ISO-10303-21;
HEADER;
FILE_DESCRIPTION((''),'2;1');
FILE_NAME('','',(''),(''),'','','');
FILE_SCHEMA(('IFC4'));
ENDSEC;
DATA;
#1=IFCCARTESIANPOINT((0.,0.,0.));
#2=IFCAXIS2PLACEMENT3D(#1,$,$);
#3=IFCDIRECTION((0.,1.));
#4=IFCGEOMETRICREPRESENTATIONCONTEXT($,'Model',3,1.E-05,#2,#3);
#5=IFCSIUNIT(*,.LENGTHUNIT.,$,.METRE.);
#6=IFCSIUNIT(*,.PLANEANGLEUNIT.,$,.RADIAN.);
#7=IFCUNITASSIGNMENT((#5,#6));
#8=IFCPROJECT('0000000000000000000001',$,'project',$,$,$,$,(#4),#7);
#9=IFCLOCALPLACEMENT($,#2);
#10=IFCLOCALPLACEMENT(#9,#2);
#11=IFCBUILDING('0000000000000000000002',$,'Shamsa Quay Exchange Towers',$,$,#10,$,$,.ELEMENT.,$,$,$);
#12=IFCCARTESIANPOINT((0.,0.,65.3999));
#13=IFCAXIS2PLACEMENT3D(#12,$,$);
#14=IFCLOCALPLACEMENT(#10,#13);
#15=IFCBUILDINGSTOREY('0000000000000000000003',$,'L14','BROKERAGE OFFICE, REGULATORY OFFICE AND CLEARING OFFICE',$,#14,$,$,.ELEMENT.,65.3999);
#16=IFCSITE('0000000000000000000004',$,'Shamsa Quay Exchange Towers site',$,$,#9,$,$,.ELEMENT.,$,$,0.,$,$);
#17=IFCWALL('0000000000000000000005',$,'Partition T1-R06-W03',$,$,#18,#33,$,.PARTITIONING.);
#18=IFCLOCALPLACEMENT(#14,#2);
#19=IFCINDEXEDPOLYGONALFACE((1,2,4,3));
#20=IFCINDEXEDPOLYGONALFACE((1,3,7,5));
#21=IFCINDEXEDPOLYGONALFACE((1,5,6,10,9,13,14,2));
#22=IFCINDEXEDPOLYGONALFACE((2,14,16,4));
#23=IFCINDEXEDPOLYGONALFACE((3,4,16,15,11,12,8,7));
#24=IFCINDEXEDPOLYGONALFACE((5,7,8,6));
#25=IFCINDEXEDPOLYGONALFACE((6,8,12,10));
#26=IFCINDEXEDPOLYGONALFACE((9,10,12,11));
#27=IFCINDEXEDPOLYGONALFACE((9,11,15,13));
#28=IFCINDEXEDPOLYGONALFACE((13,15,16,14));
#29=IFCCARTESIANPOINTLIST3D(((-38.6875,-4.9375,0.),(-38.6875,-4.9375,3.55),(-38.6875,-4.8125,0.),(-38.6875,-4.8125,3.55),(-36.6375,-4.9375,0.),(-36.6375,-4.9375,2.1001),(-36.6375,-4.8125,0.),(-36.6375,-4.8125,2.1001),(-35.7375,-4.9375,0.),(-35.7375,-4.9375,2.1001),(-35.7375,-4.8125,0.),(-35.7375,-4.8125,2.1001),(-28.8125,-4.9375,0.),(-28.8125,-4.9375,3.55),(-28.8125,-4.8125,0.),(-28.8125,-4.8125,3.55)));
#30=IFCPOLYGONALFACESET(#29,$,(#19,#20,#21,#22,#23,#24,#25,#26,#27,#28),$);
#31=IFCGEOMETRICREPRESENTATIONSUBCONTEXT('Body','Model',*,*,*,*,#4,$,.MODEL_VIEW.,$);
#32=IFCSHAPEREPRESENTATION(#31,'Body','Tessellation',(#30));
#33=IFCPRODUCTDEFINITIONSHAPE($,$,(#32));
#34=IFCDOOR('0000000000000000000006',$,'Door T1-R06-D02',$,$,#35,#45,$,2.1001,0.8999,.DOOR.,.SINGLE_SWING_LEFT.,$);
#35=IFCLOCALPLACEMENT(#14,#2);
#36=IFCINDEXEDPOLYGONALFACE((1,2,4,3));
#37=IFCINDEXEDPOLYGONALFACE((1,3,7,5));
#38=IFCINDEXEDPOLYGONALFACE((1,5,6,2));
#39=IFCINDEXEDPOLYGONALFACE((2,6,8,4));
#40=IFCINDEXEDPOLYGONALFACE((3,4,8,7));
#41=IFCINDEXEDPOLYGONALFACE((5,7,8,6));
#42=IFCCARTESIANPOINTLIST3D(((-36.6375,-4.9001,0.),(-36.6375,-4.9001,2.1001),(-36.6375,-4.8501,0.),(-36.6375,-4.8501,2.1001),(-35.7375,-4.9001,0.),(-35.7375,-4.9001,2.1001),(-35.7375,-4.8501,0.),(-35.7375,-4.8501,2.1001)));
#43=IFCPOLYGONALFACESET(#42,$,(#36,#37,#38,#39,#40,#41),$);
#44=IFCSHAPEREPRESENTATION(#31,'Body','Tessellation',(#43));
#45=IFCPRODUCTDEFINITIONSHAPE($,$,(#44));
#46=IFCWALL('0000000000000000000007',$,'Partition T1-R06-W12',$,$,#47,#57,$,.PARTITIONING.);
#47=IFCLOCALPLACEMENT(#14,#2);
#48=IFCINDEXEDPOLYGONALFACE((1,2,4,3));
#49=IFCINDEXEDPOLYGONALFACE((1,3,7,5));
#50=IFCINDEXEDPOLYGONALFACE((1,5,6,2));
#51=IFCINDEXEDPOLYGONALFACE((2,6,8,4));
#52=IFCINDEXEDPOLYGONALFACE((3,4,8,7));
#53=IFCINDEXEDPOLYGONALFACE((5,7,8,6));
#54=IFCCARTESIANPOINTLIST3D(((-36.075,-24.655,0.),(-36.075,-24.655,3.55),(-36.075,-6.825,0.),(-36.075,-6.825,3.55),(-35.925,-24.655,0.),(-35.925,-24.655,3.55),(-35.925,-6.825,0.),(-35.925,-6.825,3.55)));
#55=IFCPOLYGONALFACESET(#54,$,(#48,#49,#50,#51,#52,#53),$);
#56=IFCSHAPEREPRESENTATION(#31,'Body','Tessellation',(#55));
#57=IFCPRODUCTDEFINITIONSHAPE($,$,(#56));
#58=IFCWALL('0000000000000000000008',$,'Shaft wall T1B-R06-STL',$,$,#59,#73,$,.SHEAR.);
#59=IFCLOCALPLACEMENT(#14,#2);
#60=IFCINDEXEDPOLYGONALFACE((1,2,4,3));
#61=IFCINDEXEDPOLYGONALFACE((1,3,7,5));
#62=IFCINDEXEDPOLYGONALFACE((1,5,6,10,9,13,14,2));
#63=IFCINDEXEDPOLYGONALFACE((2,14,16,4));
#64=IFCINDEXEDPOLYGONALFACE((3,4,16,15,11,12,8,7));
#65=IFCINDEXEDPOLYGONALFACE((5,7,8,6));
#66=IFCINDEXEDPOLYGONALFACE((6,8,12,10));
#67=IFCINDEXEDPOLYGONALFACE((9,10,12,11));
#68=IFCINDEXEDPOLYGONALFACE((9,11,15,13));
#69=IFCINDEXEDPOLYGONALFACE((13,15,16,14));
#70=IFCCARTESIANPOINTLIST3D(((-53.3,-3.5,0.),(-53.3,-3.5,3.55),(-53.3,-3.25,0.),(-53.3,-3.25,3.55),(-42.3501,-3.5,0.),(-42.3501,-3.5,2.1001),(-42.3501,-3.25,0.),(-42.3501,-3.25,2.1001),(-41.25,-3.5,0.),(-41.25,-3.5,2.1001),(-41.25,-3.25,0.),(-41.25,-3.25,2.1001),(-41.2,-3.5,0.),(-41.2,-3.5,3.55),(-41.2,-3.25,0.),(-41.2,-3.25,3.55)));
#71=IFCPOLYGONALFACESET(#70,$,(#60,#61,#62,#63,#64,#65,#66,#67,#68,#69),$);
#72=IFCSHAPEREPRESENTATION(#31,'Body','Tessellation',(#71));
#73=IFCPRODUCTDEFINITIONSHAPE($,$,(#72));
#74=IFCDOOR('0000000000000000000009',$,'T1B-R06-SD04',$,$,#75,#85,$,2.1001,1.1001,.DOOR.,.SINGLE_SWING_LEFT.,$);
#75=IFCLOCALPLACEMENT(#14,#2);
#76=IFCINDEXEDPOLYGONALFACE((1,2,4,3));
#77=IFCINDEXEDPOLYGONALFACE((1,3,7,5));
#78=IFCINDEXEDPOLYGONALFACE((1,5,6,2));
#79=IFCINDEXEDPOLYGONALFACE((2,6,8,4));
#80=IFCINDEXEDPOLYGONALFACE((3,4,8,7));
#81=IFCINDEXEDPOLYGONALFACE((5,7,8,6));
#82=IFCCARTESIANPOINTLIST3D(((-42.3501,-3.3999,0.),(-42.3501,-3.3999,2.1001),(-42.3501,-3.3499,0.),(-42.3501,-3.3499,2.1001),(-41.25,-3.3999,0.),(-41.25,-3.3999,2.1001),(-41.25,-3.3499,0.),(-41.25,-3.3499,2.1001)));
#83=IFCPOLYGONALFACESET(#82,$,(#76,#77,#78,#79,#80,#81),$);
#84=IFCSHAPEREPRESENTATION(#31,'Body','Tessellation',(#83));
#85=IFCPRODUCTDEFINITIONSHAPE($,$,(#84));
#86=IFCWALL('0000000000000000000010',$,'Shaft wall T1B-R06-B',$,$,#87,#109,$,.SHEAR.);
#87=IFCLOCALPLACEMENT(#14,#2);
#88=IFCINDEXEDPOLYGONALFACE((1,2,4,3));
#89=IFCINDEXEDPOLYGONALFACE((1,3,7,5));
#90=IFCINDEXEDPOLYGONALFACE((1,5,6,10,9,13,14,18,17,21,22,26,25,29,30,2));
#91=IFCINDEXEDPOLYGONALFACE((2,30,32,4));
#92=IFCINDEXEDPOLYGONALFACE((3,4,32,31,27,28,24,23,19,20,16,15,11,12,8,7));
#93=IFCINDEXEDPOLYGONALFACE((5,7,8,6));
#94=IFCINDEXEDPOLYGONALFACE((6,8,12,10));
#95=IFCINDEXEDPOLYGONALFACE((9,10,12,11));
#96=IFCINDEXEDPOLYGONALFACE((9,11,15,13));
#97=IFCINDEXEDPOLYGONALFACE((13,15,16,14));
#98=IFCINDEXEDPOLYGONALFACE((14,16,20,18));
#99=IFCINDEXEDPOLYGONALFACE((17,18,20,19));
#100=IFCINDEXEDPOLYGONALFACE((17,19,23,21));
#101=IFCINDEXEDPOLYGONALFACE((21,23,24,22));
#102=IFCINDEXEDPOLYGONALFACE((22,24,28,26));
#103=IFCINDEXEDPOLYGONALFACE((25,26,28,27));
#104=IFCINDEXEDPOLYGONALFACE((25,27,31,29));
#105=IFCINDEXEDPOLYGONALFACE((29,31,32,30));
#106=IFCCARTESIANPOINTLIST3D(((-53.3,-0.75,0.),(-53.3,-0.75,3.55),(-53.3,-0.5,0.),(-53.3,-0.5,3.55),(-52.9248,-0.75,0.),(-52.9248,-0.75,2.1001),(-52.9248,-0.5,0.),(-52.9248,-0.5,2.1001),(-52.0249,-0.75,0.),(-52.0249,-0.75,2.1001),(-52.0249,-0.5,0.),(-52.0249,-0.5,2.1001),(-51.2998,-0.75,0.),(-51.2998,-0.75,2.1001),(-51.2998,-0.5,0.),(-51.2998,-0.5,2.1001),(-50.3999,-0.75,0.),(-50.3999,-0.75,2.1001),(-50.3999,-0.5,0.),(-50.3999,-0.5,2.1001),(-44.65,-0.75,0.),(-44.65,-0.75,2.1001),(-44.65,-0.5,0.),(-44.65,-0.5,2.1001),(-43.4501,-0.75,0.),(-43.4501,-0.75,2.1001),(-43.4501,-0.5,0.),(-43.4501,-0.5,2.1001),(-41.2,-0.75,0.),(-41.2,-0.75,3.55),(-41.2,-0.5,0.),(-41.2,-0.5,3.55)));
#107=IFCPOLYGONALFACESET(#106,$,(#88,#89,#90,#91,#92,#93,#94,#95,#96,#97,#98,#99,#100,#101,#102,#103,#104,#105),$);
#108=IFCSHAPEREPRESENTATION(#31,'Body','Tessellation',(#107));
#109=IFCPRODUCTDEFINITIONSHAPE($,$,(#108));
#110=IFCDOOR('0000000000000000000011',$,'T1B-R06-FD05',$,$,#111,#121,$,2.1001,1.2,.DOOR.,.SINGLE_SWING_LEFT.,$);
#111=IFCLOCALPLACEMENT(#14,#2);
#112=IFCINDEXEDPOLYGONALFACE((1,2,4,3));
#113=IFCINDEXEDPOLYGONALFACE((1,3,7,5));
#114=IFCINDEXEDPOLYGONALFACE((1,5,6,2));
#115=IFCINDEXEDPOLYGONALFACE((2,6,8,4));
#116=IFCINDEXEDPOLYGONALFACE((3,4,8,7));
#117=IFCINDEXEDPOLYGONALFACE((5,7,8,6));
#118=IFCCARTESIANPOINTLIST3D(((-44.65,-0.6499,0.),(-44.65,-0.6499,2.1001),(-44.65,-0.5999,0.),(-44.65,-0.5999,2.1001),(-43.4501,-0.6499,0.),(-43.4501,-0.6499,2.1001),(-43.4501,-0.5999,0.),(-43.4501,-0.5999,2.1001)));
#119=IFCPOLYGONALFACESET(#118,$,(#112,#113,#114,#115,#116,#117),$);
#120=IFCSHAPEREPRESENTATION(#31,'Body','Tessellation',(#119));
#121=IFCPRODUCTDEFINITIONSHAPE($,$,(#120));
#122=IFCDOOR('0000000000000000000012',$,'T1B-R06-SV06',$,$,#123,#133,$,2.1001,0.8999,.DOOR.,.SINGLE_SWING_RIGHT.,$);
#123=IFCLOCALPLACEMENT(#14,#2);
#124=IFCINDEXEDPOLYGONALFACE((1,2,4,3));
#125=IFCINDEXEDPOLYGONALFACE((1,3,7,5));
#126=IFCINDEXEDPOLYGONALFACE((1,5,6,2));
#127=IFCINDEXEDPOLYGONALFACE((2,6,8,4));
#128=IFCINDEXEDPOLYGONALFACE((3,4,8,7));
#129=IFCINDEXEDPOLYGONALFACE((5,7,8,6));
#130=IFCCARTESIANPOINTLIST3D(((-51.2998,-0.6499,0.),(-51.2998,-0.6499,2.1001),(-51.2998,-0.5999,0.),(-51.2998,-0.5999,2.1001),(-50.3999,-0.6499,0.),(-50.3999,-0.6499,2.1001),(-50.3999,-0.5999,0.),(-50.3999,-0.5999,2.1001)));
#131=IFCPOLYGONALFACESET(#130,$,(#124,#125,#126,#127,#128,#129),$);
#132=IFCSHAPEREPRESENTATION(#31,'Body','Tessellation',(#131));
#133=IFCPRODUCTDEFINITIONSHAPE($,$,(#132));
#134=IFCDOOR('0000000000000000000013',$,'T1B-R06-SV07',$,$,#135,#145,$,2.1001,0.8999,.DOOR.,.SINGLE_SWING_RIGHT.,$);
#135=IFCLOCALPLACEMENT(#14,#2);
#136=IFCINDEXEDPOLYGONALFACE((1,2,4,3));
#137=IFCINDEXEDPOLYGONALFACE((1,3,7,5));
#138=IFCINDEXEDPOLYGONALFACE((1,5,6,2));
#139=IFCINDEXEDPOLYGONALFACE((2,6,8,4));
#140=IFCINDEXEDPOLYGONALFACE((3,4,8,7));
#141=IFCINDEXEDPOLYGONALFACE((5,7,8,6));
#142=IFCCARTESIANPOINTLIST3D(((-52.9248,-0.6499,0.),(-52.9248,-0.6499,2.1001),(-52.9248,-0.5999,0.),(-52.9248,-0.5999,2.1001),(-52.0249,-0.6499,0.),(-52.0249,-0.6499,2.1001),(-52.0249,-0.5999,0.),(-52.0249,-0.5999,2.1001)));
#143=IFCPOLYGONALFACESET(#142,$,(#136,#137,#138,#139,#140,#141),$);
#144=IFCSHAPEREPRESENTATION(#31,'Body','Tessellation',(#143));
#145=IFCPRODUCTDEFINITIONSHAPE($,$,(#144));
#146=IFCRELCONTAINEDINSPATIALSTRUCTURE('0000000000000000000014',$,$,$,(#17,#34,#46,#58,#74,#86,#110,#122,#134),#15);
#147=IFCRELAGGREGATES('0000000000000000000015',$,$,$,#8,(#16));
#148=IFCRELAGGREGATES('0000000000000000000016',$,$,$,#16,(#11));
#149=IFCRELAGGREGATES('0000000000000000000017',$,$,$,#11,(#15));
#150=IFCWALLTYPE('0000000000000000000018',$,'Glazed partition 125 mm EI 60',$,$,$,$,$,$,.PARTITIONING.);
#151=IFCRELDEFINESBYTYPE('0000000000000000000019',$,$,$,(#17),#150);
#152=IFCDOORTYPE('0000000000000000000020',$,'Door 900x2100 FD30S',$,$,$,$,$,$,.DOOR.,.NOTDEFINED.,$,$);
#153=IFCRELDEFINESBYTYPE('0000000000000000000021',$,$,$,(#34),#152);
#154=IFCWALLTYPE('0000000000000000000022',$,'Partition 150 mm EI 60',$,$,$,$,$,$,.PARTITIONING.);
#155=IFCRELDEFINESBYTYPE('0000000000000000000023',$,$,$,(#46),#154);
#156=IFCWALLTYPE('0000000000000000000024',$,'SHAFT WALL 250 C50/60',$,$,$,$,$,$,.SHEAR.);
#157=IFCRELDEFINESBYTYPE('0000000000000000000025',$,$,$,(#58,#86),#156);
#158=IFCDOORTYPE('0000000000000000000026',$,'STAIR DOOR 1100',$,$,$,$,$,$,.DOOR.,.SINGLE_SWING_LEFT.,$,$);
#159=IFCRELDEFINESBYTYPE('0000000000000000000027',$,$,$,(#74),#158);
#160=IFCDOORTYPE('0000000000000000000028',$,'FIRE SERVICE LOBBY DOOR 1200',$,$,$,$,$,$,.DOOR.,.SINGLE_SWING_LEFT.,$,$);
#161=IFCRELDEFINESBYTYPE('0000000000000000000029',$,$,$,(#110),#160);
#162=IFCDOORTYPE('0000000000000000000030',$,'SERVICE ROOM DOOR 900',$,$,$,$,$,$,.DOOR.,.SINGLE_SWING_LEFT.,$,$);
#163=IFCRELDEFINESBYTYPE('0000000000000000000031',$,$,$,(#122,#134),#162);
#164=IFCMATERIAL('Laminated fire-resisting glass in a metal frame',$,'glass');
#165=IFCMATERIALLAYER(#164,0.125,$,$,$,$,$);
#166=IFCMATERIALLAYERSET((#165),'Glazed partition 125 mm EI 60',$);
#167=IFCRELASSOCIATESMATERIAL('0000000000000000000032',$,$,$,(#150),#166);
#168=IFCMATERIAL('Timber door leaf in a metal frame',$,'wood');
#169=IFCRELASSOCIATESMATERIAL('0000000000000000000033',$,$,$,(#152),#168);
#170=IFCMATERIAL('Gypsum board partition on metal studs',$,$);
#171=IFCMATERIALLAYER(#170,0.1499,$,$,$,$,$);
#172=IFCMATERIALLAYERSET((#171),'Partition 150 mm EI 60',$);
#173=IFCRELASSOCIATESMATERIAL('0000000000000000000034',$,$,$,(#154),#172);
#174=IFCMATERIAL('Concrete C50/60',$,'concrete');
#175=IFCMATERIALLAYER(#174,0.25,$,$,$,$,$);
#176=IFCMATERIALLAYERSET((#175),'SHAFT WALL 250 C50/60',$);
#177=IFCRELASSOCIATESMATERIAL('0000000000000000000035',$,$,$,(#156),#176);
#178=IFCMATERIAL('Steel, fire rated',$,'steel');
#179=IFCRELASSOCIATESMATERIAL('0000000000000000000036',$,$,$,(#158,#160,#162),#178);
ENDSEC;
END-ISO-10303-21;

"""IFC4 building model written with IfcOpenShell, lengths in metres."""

from ifc_helpers import new_model, si_unit, direction, frame, frame_2d, origin, place, context, subcontext, project, spatial, rectangle, extrude, material, layer, layer_set, type_object, element, fill, save


model = new_model("IFC4")

# Units and contexts
model_context = context("Model", 3, precision=1e-05, world=origin(), true_north=direction((0.0, 1.0)))
body_context = subcontext(model_context, "Body", "Model", "MODEL_VIEW")
ifc_project = project(units=[si_unit("LENGTHUNIT", "METRE"), si_unit("PLANEANGLEUNIT", "RADIAN")], contexts=[model_context])

# Site, building, storey
site_placement = place(None, origin())
site = spatial("IfcSite", under=ifc_project, at=site_placement, Name="Shamsa Quay Exchange Towers site", CompositionType="ELEMENT", RefElevation=0.0)
building_placement = place(site_placement, origin())
building = spatial("IfcBuilding", under=site, at=building_placement, Name="Shamsa Quay Exchange Towers", CompositionType="ELEMENT")
storey_placement = place(building_placement, frame((0.0, 0.0, 65.3999)))
storey = spatial("IfcBuildingStorey", under=building, at=storey_placement, Name="L14", Description="BROKERAGE OFFICE, REGULATORY OFFICE AND CLEARING OFFICE", CompositionType="ELEMENT", Elevation=65.3999)

# Wall, opening, door
ifc_material_1 = material(Name="Steel, fire rated", Category="steel")
ifc_material_2 = material(Name="Laminated fire-resisting glass in a metal frame", Category="glass")
ifc_layer_1 = layer(ifc_material_2, 0.125)
ifc_layer_set_1 = layer_set([ifc_layer_1], Name="Glazed partition 125 mm EI 60")
wall_type_1 = type_object("IfcWallType", Name="Glazed partition 125 mm EI 60", PredefinedType="PARTITIONING", material=ifc_layer_set_1)
wall_1_placement = place(storey_placement, frame((-38.6875, -4.875, 0.0)))
wall_1 = element("IfcWall", 1, at=wall_1_placement, inside=storey, type_object=wall_type_1, Name="Partition T1-R06-W03", PredefinedType="PARTITIONING", context=body_context, shape_type="SweptSolid", body=[
    extrude(rectangle(XDim=9.875, YDim=0.125, at=frame_2d((4.9375, 0.0))), origin(), (0.0, 0.0, 1.0), 3.55),
])
opening_1_placement = place(wall_1_placement, frame((2.05, 0.0, 0.0)))
opening_1 = element("IfcOpeningElement", 2, at=opening_1_placement, cuts=wall_1, PredefinedType="OPENING", context=body_context, shape_type="SweptSolid", body=[
    extrude(rectangle(XDim=0.8999, YDim=2.1001, at=frame_2d((0.45, 1.05))), frame((0.0, 0.0725, 0.0), z_axis=(0.0, -1.0, 0.0), x_axis=(1.0, 0.0, 0.0)), (0.0, 0.0, 1.0), 0.145),
])
ifc_material_3 = material(Name="Timber door leaf in a metal frame", Category="wood")
door_type_1 = type_object("IfcDoorType", Name="Door 900x2100 FD30S", OperationType="NOTDEFINED", PredefinedType="DOOR", material=ifc_material_3)
door_1_placement = place(opening_1_placement, origin())
door_1 = element("IfcDoor", 3, at=door_1_placement, inside=storey, type_object=door_type_1, Name="Door T1-R06-D02", OperationType="SINGLE_SWING_LEFT", OverallHeight=2.1001, OverallWidth=0.8999, PredefinedType="DOOR", context=body_context, shape_type="SweptSolid", body=[
    extrude(rectangle(XDim=0.8999, YDim=2.1001, at=frame_2d((0.45, 1.05))), frame((0.0, 0.0249, 0.0), z_axis=(0.0, -1.0, 0.0), x_axis=(1.0, 0.0, 0.0)), (0.0, 0.0, 1.0), 0.05),
])
fill(opening_1, door_1)

# Wall
ifc_material_4 = material(Name="Gypsum board partition on metal studs")
ifc_layer_2 = layer(ifc_material_4, 0.1499)
ifc_layer_set_2 = layer_set([ifc_layer_2], Name="Partition 150 mm EI 60")
wall_type_2 = type_object("IfcWallType", Name="Partition 150 mm EI 60", PredefinedType="PARTITIONING", material=ifc_layer_set_2)
wall_2_placement = place(storey_placement, frame((-36.0, -24.655, 0.0), z_axis=(0.0, 0.0, 1.0), x_axis=(0.0, 1.0, 0.0)))
element("IfcWall", 4, at=wall_2_placement, inside=storey, type_object=wall_type_2, Name="Partition T1-R06-W12", PredefinedType="PARTITIONING", context=body_context, shape_type="SweptSolid", body=[
    extrude(rectangle(XDim=17.8301, YDim=0.1499, at=frame_2d((8.915, 0.0))), origin(), (0.0, 0.0, 1.0), 3.55),
])

# Wall, opening, door
ifc_material_5 = material(Name="Concrete C50/60", Category="concrete")
ifc_layer_3 = layer(ifc_material_5, 0.25)
ifc_layer_set_3 = layer_set([ifc_layer_3], Name="SHAFT WALL 250 C50/60")
wall_type_3 = type_object("IfcWallType", Name="SHAFT WALL 250 C50/60", PredefinedType="SHEAR", material=ifc_layer_set_3)
wall_3_placement = place(storey_placement, frame((-41.2, -3.375, 0.0), z_axis=(0.0, 0.0, 1.0), x_axis=(-1.0, 0.0, 0.0)))
wall_3 = element("IfcWall", 5, at=wall_3_placement, inside=storey, type_object=wall_type_3, Name="Shaft wall T1B-R06-STL", PredefinedType="SHEAR", context=body_context, shape_type="SweptSolid", body=[
    extrude(rectangle(XDim=12.1001, YDim=0.25, at=frame_2d((6.05, 0.0))), origin(), (0.0, 0.0, 1.0), 3.55),
])
opening_2_placement = place(wall_3_placement, frame((0.05, 0.0, 0.0)))
opening_2 = element("IfcOpeningElement", 6, at=opening_2_placement, cuts=wall_3, PredefinedType="OPENING", context=body_context, shape_type="SweptSolid", body=[
    extrude(rectangle(XDim=1.1001, YDim=2.1001, at=frame_2d((0.55, 1.05))), frame((0.0, 0.135, 0.0), z_axis=(0.0, -1.0, 0.0), x_axis=(1.0, 0.0, 0.0)), (0.0, 0.0, 1.0), 0.27),
])
door_type_2 = type_object("IfcDoorType", Name="STAIR DOOR 1100", OperationType="SINGLE_SWING_LEFT", PredefinedType="DOOR", material=ifc_material_1)
door_2_placement = place(opening_2_placement, origin())
door_2 = element("IfcDoor", 7, at=door_2_placement, inside=storey, type_object=door_type_2, Name="T1B-R06-SD04", OperationType="SINGLE_SWING_LEFT", OverallHeight=2.1001, OverallWidth=1.1001, PredefinedType="DOOR", context=body_context, shape_type="SweptSolid", body=[
    extrude(rectangle(XDim=1.1001, YDim=2.1001, at=frame_2d((0.55, 1.05))), frame((0.0, 0.0249, 0.0), z_axis=(0.0, -1.0, 0.0), x_axis=(1.0, 0.0, 0.0)), (0.0, 0.0, 1.0), 0.05),
])
fill(opening_2, door_2)

# Wall, openings, doors
wall_4_placement = place(storey_placement, frame((-41.2, -0.625, 0.0), z_axis=(0.0, 0.0, 1.0), x_axis=(-1.0, 0.0, 0.0)))
wall_4 = element("IfcWall", 8, at=wall_4_placement, inside=storey, type_object=wall_type_3, Name="Shaft wall T1B-R06-B", PredefinedType="SHEAR", context=body_context, shape_type="SweptSolid", body=[
    extrude(rectangle(XDim=12.1001, YDim=0.25, at=frame_2d((6.05, 0.0))), origin(), (0.0, 0.0, 1.0), 3.55),
])
opening_3_placement = place(wall_4_placement, frame((2.25, 0.0, 0.0)))
opening_3 = element("IfcOpeningElement", 9, at=opening_3_placement, cuts=wall_4, PredefinedType="OPENING", context=body_context, shape_type="SweptSolid", body=[
    extrude(rectangle(XDim=1.2, YDim=2.1001, at=frame_2d((0.6001, 1.05))), frame((0.0, 0.135, 0.0), z_axis=(0.0, -1.0, 0.0), x_axis=(1.0, 0.0, 0.0)), (0.0, 0.0, 1.0), 0.27),
])
opening_4_placement = place(wall_4_placement, frame((9.2, 0.0, 0.0)))
opening_4 = element("IfcOpeningElement", 10, at=opening_4_placement, cuts=wall_4, PredefinedType="OPENING", context=body_context, shape_type="SweptSolid", body=[
    extrude(rectangle(XDim=0.8999, YDim=2.1001, at=frame_2d((0.45, 1.05))), frame((0.0, 0.135, 0.0), z_axis=(0.0, -1.0, 0.0), x_axis=(1.0, 0.0, 0.0)), (0.0, 0.0, 1.0), 0.27),
])
opening_5_placement = place(wall_4_placement, frame((10.825, 0.0, 0.0)))
opening_5 = element("IfcOpeningElement", 11, at=opening_5_placement, cuts=wall_4, PredefinedType="OPENING", context=body_context, shape_type="SweptSolid", body=[
    extrude(rectangle(XDim=0.8999, YDim=2.1001, at=frame_2d((0.45, 1.05))), frame((0.0, 0.135, 0.0), z_axis=(0.0, -1.0, 0.0), x_axis=(1.0, 0.0, 0.0)), (0.0, 0.0, 1.0), 0.27),
])
door_type_3 = type_object("IfcDoorType", Name="FIRE SERVICE LOBBY DOOR 1200", OperationType="SINGLE_SWING_LEFT", PredefinedType="DOOR", material=ifc_material_1)
door_3_placement = place(opening_3_placement, origin())
door_3 = element("IfcDoor", 12, at=door_3_placement, inside=storey, type_object=door_type_3, Name="T1B-R06-FD05", OperationType="SINGLE_SWING_LEFT", OverallHeight=2.1001, OverallWidth=1.2, PredefinedType="DOOR", context=body_context, shape_type="SweptSolid", body=[
    extrude(rectangle(XDim=1.2, YDim=2.1001, at=frame_2d((0.6001, 1.05))), frame((0.0, 0.0249, 0.0), z_axis=(0.0, -1.0, 0.0), x_axis=(1.0, 0.0, 0.0)), (0.0, 0.0, 1.0), 0.05),
])
fill(opening_3, door_3)
door_type_4 = type_object("IfcDoorType", Name="SERVICE ROOM DOOR 900", OperationType="SINGLE_SWING_LEFT", PredefinedType="DOOR", material=ifc_material_1)
door_4_placement = place(opening_4_placement, origin())
door_4 = element("IfcDoor", 13, at=door_4_placement, inside=storey, type_object=door_type_4, Name="T1B-R06-SV06", OperationType="SINGLE_SWING_RIGHT", OverallHeight=2.1001, OverallWidth=0.8999, PredefinedType="DOOR", context=body_context, shape_type="SweptSolid", body=[
    extrude(rectangle(XDim=0.8999, YDim=2.1001, at=frame_2d((0.45, 1.05))), frame((0.0, 0.0249, 0.0), z_axis=(0.0, -1.0, 0.0), x_axis=(1.0, 0.0, 0.0)), (0.0, 0.0, 1.0), 0.05),
])
fill(opening_4, door_4)
door_5_placement = place(opening_5_placement, origin())
door_5 = element("IfcDoor", 14, at=door_5_placement, inside=storey, type_object=door_type_4, Name="T1B-R06-SV07", OperationType="SINGLE_SWING_RIGHT", OverallHeight=2.1001, OverallWidth=0.8999, PredefinedType="DOOR", context=body_context, shape_type="SweptSolid", body=[
    extrude(rectangle(XDim=0.8999, YDim=2.1001, at=frame_2d((0.45, 1.05))), frame((0.0, 0.0249, 0.0), z_axis=(0.0, -1.0, 0.0), x_axis=(1.0, 0.0, 0.0)), (0.0, 0.0, 1.0), 0.05),
])
fill(opening_5, door_5)

save(model, "model.ifc")
